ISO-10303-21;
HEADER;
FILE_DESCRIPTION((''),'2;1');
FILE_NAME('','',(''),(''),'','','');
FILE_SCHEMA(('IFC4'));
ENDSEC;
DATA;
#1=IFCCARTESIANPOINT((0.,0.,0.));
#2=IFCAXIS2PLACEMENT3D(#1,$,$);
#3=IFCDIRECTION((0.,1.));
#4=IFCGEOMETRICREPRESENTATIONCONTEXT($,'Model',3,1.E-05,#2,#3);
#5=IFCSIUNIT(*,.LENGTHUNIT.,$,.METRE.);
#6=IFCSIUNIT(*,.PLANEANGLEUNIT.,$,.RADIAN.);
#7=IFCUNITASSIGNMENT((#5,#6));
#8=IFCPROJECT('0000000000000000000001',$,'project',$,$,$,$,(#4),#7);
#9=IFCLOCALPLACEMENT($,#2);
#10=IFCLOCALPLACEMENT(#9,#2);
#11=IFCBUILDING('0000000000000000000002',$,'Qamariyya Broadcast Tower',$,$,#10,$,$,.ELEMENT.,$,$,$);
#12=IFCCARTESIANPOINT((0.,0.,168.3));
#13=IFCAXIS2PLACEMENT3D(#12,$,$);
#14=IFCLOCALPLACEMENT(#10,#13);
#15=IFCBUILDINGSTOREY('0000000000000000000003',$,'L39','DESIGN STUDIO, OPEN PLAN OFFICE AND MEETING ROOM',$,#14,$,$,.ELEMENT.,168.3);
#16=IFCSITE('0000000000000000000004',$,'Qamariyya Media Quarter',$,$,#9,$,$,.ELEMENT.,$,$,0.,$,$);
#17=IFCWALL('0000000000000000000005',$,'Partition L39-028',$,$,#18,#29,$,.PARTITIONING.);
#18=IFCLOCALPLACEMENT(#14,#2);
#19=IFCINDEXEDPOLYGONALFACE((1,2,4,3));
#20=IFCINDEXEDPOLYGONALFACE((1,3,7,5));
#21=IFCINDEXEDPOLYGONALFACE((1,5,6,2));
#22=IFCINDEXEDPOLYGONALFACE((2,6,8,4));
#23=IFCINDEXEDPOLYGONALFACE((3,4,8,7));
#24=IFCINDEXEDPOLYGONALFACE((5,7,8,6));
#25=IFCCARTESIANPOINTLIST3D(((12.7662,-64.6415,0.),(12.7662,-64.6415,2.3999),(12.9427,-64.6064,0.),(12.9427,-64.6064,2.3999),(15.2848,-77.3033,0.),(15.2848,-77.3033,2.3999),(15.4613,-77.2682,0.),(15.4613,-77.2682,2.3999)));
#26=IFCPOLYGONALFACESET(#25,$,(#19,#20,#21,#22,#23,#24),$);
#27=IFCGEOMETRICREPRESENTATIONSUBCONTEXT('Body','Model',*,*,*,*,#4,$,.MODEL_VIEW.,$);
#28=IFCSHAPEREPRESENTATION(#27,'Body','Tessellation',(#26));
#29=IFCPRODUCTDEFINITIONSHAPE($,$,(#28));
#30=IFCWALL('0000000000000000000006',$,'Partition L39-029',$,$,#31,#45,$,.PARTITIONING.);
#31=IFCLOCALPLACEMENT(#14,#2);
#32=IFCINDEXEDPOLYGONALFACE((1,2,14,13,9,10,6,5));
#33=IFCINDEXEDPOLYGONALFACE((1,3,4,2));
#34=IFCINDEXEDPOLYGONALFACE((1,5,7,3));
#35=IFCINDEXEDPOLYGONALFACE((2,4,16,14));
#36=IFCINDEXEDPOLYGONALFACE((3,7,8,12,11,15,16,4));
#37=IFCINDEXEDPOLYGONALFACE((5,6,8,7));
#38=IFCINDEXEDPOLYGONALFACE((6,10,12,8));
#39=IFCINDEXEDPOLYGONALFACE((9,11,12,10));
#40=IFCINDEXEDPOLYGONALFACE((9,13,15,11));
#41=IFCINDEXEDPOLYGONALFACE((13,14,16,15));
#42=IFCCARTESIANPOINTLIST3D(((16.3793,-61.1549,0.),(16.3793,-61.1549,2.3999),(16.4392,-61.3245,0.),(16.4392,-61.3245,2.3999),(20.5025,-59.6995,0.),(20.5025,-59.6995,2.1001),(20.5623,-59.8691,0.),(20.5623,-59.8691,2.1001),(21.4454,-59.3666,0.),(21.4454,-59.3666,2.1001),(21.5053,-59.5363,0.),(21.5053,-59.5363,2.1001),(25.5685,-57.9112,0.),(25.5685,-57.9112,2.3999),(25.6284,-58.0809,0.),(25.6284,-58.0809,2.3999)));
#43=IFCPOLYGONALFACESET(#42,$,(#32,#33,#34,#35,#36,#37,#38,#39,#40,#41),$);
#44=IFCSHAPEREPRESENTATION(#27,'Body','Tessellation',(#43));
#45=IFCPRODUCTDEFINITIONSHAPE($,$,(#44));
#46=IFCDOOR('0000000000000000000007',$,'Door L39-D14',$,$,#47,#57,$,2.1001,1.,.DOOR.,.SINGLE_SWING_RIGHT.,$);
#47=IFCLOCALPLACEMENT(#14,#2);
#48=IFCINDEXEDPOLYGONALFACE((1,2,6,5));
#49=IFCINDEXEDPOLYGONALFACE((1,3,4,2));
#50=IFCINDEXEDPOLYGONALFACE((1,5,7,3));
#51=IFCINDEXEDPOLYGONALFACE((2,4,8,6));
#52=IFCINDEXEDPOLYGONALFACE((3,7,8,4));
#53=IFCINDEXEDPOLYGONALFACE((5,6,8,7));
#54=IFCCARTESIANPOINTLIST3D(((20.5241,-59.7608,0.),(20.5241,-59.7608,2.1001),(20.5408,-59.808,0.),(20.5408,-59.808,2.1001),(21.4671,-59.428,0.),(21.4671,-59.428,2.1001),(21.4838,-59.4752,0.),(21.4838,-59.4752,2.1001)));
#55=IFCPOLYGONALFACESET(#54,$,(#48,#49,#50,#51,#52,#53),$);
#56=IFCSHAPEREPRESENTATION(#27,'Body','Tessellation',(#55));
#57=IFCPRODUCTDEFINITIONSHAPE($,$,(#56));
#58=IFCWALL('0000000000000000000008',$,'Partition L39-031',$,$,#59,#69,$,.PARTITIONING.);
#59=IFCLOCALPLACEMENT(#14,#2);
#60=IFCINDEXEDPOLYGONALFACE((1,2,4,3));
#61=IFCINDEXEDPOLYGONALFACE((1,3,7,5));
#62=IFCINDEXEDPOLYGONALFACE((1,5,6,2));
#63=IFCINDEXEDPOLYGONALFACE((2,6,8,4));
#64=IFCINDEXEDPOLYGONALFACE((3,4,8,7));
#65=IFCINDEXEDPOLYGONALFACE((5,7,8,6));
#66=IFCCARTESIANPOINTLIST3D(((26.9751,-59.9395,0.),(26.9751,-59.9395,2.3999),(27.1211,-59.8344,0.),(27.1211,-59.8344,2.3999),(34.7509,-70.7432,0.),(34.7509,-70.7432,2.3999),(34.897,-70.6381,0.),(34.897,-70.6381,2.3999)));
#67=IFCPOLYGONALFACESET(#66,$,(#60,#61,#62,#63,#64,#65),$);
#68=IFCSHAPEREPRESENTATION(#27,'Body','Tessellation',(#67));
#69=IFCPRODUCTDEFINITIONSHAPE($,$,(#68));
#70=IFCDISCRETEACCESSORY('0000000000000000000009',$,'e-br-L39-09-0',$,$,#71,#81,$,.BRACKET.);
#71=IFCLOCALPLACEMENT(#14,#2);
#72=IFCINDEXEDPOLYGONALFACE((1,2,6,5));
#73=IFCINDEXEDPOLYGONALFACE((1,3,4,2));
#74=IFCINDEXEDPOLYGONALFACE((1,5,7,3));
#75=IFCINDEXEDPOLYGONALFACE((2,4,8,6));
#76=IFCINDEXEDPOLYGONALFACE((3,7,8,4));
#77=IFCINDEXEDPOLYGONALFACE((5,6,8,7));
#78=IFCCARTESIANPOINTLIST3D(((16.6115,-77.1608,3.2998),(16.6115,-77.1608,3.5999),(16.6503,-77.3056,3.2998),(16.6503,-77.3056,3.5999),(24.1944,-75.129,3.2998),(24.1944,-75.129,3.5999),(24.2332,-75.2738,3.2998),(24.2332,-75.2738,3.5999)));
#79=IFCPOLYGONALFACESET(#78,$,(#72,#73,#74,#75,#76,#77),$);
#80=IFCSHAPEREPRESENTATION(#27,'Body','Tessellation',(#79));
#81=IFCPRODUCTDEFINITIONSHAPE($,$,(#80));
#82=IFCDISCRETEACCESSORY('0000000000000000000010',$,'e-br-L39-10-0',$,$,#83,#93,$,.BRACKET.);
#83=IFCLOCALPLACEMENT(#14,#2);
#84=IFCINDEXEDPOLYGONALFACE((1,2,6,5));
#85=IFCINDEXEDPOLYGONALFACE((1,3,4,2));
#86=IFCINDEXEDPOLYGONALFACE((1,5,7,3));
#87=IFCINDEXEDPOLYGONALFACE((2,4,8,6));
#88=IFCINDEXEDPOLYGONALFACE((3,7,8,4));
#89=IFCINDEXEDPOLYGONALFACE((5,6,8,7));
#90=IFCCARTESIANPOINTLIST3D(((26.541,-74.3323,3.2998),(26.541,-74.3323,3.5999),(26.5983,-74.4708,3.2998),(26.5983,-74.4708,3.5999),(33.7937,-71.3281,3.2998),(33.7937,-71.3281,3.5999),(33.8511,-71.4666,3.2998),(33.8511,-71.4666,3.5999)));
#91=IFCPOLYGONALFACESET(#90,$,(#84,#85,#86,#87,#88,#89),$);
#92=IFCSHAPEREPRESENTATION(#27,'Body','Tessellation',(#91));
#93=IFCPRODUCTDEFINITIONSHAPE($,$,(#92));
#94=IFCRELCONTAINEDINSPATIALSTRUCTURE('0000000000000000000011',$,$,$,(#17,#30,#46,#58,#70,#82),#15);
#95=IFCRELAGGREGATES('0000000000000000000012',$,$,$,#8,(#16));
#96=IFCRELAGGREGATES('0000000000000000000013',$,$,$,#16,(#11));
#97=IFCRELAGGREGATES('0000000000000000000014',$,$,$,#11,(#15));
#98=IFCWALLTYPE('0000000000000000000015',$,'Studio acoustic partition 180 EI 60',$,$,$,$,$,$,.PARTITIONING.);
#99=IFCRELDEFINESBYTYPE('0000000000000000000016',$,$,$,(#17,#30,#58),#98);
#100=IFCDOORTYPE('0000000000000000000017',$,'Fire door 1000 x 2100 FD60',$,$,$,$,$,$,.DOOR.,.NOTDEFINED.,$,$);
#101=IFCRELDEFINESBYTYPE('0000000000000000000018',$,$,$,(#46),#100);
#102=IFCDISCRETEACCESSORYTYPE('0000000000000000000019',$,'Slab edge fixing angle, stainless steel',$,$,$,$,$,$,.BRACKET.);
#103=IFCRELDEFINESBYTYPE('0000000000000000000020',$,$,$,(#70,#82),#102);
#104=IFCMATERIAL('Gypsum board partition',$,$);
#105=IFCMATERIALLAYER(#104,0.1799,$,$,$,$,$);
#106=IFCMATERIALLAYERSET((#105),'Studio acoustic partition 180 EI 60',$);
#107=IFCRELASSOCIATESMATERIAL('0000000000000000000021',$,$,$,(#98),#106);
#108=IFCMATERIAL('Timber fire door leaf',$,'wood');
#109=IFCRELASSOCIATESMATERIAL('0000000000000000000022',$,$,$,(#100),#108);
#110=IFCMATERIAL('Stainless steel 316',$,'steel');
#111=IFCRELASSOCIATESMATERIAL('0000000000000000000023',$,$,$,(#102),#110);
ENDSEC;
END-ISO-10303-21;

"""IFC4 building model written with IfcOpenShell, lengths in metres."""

from ifc_helpers import new_model, si_unit, direction, frame, frame_2d, origin, origin_2d, place, context, subcontext, project, spatial, rectangle, extrude, material, layer, layer_set, type_object, element, fill, save


model = new_model("IFC4")

# Units and contexts
model_context = context("Model", 3, precision=1e-05, world=origin(), true_north=direction((0.0, 1.0)))
body_context = subcontext(model_context, "Body", "Model", "MODEL_VIEW")
ifc_project = project(units=[si_unit("LENGTHUNIT", "METRE"), si_unit("PLANEANGLEUNIT", "RADIAN")], contexts=[model_context])

# Site, building, storey
site_placement = place(None, origin())
site = spatial("IfcSite", under=ifc_project, at=site_placement, Name="Qamariyya Media Quarter", CompositionType="ELEMENT", RefElevation=0.0)
building_placement = place(site_placement, origin())
building = spatial("IfcBuilding", under=site, at=building_placement, Name="Qamariyya Broadcast Tower", CompositionType="ELEMENT")
storey_placement = place(building_placement, frame((0.0, 0.0, 168.3)))
storey = spatial("IfcBuildingStorey", under=building, at=storey_placement, Name="L39", Description="DESIGN STUDIO, OPEN PLAN OFFICE AND MEETING ROOM", CompositionType="ELEMENT", Elevation=168.3)

# Shared definitions
ifc_material_1 = material(Name="Gypsum board partition")
ifc_layer_1 = layer(ifc_material_1, 0.1799)
ifc_layer_set_1 = layer_set([ifc_layer_1], Name="Studio acoustic partition 180 EI 60")
wall_type_1 = type_object("IfcWallType", Name="Studio acoustic partition 180 EI 60", PredefinedType="PARTITIONING", material=ifc_layer_set_1)
ifc_material_2 = material(Name="Timber fire door leaf", Category="wood")
door_type_1 = type_object("IfcDoorType", Name="Fire door 1000 x 2100 FD60", OperationType="NOTDEFINED", PredefinedType="DOOR", material=ifc_material_2)

# Wall
wall_1_placement = place(storey_placement, frame((15.373, -77.2859, 0.0), z_axis=(0.0, 0.0, 1.0), x_axis=(-0.195087, 0.980786, 0.0)))
element("IfcWall", 1, at=wall_1_placement, inside=storey, type_object=wall_type_1, Name="Partition L39-028", PredefinedType="PARTITIONING", context=body_context, shape_type="SweptSolid", body=[
    extrude(rectangle(XDim=12.9099, YDim=0.1799, at=frame_2d((6.4551, 0.0))), origin(), (0.0, 0.0, 1.0), 2.3999),
])

# Wall, opening, door
wall_2_placement = place(storey_placement, frame((16.4092, -61.2397, 0.0), z_axis=(0.0, 0.0, 1.0), x_axis=(0.942977, 0.332857, 0.0)))
wall_2 = element("IfcWall", 2, at=wall_2_placement, inside=storey, type_object=wall_type_1, Name="Partition L39-029", PredefinedType="PARTITIONING", context=body_context, shape_type="SweptSolid", body=[
    extrude(rectangle(XDim=9.7449, YDim=0.1799, at=frame_2d((4.8726, 0.0))), origin(), (0.0, 0.0, 1.0), 2.3999),
])
opening_1_placement = place(wall_2_placement, frame((4.3726, 0.0, 0.0)))
opening_1 = element("IfcOpeningElement", 3, at=opening_1_placement, cuts=wall_2, PredefinedType="OPENING", context=body_context, shape_type="SweptSolid", body=[
    extrude(rectangle(XDim=1.0, YDim=2.1001, at=frame_2d((0.5, 1.05))), frame((0.0, 0.0999, 0.0), z_axis=(0.0, -1.0, 0.0), x_axis=(1.0, 0.0, 0.0)), (0.0, 0.0, 1.0), 0.2),
])
door_1_placement = place(opening_1_placement, origin())
door_1 = element("IfcDoor", 4, at=door_1_placement, inside=storey, type_object=door_type_1, Name="Door L39-D14", OperationType="SINGLE_SWING_RIGHT", OverallHeight=2.1001, OverallWidth=1.0, PredefinedType="DOOR", context=body_context, shape_type="SweptSolid", body=[
    extrude(rectangle(XDim=1.0, YDim=2.1001, at=frame_2d((0.5, 1.05))), frame((0.0, 0.0249, 0.0), z_axis=(0.0, -1.0, 0.0), x_axis=(1.0, 0.0, 0.0)), (0.0, 0.0, 1.0), 0.05),
])
fill(opening_1, door_1)

# Wall
wall_3_placement = place(storey_placement, frame((27.0481, -59.887, 0.0), z_axis=(0.0, 0.0, 1.0), x_axis=(0.584167, -0.811634, 0.0)))
element("IfcWall", 5, at=wall_3_placement, inside=storey, type_object=wall_type_1, Name="Partition L39-031", PredefinedType="PARTITIONING", context=body_context, shape_type="SweptSolid", body=[
    extrude(rectangle(XDim=13.311, YDim=0.1799, at=frame_2d((6.6555, 0.0))), origin(), (0.0, 0.0, 1.0), 2.3999),
])

# Discrete accessories
ifc_material_3 = material(Name="Stainless steel 316", Category="steel")
discrete_accessory_type = type_object("IfcDiscreteAccessoryType", Name="Slab edge fixing angle, stainless steel", PredefinedType="BRACKET", material=ifc_material_3)
for number, where, z_axis, x_axis, name in (
    (6, (20.4224, -76.2173, 3.2998), (0.0, 0.0, 1.0), (0.965926, 0.258819, 0.0), "e-br-L39-09-0"),
    (7, (30.196, -72.8994, 3.2998), (0.0, 0.0, 1.0), (0.92388, 0.382683, 0.0), "e-br-L39-10-0"),
):
    element("IfcDiscreteAccessory", number, at=place(storey_placement, frame(where, z_axis=z_axis, x_axis=x_axis)), inside=storey, type_object=discrete_accessory_type, Name=name, PredefinedType="BRACKET", context=body_context, shape_type="SweptSolid", body=[
        extrude(rectangle(XDim=7.8503, YDim=0.1499, at=origin_2d()), origin(), (0.0, 0.0, 1.0), 0.3),
    ])

save(model, "model.ifc")
